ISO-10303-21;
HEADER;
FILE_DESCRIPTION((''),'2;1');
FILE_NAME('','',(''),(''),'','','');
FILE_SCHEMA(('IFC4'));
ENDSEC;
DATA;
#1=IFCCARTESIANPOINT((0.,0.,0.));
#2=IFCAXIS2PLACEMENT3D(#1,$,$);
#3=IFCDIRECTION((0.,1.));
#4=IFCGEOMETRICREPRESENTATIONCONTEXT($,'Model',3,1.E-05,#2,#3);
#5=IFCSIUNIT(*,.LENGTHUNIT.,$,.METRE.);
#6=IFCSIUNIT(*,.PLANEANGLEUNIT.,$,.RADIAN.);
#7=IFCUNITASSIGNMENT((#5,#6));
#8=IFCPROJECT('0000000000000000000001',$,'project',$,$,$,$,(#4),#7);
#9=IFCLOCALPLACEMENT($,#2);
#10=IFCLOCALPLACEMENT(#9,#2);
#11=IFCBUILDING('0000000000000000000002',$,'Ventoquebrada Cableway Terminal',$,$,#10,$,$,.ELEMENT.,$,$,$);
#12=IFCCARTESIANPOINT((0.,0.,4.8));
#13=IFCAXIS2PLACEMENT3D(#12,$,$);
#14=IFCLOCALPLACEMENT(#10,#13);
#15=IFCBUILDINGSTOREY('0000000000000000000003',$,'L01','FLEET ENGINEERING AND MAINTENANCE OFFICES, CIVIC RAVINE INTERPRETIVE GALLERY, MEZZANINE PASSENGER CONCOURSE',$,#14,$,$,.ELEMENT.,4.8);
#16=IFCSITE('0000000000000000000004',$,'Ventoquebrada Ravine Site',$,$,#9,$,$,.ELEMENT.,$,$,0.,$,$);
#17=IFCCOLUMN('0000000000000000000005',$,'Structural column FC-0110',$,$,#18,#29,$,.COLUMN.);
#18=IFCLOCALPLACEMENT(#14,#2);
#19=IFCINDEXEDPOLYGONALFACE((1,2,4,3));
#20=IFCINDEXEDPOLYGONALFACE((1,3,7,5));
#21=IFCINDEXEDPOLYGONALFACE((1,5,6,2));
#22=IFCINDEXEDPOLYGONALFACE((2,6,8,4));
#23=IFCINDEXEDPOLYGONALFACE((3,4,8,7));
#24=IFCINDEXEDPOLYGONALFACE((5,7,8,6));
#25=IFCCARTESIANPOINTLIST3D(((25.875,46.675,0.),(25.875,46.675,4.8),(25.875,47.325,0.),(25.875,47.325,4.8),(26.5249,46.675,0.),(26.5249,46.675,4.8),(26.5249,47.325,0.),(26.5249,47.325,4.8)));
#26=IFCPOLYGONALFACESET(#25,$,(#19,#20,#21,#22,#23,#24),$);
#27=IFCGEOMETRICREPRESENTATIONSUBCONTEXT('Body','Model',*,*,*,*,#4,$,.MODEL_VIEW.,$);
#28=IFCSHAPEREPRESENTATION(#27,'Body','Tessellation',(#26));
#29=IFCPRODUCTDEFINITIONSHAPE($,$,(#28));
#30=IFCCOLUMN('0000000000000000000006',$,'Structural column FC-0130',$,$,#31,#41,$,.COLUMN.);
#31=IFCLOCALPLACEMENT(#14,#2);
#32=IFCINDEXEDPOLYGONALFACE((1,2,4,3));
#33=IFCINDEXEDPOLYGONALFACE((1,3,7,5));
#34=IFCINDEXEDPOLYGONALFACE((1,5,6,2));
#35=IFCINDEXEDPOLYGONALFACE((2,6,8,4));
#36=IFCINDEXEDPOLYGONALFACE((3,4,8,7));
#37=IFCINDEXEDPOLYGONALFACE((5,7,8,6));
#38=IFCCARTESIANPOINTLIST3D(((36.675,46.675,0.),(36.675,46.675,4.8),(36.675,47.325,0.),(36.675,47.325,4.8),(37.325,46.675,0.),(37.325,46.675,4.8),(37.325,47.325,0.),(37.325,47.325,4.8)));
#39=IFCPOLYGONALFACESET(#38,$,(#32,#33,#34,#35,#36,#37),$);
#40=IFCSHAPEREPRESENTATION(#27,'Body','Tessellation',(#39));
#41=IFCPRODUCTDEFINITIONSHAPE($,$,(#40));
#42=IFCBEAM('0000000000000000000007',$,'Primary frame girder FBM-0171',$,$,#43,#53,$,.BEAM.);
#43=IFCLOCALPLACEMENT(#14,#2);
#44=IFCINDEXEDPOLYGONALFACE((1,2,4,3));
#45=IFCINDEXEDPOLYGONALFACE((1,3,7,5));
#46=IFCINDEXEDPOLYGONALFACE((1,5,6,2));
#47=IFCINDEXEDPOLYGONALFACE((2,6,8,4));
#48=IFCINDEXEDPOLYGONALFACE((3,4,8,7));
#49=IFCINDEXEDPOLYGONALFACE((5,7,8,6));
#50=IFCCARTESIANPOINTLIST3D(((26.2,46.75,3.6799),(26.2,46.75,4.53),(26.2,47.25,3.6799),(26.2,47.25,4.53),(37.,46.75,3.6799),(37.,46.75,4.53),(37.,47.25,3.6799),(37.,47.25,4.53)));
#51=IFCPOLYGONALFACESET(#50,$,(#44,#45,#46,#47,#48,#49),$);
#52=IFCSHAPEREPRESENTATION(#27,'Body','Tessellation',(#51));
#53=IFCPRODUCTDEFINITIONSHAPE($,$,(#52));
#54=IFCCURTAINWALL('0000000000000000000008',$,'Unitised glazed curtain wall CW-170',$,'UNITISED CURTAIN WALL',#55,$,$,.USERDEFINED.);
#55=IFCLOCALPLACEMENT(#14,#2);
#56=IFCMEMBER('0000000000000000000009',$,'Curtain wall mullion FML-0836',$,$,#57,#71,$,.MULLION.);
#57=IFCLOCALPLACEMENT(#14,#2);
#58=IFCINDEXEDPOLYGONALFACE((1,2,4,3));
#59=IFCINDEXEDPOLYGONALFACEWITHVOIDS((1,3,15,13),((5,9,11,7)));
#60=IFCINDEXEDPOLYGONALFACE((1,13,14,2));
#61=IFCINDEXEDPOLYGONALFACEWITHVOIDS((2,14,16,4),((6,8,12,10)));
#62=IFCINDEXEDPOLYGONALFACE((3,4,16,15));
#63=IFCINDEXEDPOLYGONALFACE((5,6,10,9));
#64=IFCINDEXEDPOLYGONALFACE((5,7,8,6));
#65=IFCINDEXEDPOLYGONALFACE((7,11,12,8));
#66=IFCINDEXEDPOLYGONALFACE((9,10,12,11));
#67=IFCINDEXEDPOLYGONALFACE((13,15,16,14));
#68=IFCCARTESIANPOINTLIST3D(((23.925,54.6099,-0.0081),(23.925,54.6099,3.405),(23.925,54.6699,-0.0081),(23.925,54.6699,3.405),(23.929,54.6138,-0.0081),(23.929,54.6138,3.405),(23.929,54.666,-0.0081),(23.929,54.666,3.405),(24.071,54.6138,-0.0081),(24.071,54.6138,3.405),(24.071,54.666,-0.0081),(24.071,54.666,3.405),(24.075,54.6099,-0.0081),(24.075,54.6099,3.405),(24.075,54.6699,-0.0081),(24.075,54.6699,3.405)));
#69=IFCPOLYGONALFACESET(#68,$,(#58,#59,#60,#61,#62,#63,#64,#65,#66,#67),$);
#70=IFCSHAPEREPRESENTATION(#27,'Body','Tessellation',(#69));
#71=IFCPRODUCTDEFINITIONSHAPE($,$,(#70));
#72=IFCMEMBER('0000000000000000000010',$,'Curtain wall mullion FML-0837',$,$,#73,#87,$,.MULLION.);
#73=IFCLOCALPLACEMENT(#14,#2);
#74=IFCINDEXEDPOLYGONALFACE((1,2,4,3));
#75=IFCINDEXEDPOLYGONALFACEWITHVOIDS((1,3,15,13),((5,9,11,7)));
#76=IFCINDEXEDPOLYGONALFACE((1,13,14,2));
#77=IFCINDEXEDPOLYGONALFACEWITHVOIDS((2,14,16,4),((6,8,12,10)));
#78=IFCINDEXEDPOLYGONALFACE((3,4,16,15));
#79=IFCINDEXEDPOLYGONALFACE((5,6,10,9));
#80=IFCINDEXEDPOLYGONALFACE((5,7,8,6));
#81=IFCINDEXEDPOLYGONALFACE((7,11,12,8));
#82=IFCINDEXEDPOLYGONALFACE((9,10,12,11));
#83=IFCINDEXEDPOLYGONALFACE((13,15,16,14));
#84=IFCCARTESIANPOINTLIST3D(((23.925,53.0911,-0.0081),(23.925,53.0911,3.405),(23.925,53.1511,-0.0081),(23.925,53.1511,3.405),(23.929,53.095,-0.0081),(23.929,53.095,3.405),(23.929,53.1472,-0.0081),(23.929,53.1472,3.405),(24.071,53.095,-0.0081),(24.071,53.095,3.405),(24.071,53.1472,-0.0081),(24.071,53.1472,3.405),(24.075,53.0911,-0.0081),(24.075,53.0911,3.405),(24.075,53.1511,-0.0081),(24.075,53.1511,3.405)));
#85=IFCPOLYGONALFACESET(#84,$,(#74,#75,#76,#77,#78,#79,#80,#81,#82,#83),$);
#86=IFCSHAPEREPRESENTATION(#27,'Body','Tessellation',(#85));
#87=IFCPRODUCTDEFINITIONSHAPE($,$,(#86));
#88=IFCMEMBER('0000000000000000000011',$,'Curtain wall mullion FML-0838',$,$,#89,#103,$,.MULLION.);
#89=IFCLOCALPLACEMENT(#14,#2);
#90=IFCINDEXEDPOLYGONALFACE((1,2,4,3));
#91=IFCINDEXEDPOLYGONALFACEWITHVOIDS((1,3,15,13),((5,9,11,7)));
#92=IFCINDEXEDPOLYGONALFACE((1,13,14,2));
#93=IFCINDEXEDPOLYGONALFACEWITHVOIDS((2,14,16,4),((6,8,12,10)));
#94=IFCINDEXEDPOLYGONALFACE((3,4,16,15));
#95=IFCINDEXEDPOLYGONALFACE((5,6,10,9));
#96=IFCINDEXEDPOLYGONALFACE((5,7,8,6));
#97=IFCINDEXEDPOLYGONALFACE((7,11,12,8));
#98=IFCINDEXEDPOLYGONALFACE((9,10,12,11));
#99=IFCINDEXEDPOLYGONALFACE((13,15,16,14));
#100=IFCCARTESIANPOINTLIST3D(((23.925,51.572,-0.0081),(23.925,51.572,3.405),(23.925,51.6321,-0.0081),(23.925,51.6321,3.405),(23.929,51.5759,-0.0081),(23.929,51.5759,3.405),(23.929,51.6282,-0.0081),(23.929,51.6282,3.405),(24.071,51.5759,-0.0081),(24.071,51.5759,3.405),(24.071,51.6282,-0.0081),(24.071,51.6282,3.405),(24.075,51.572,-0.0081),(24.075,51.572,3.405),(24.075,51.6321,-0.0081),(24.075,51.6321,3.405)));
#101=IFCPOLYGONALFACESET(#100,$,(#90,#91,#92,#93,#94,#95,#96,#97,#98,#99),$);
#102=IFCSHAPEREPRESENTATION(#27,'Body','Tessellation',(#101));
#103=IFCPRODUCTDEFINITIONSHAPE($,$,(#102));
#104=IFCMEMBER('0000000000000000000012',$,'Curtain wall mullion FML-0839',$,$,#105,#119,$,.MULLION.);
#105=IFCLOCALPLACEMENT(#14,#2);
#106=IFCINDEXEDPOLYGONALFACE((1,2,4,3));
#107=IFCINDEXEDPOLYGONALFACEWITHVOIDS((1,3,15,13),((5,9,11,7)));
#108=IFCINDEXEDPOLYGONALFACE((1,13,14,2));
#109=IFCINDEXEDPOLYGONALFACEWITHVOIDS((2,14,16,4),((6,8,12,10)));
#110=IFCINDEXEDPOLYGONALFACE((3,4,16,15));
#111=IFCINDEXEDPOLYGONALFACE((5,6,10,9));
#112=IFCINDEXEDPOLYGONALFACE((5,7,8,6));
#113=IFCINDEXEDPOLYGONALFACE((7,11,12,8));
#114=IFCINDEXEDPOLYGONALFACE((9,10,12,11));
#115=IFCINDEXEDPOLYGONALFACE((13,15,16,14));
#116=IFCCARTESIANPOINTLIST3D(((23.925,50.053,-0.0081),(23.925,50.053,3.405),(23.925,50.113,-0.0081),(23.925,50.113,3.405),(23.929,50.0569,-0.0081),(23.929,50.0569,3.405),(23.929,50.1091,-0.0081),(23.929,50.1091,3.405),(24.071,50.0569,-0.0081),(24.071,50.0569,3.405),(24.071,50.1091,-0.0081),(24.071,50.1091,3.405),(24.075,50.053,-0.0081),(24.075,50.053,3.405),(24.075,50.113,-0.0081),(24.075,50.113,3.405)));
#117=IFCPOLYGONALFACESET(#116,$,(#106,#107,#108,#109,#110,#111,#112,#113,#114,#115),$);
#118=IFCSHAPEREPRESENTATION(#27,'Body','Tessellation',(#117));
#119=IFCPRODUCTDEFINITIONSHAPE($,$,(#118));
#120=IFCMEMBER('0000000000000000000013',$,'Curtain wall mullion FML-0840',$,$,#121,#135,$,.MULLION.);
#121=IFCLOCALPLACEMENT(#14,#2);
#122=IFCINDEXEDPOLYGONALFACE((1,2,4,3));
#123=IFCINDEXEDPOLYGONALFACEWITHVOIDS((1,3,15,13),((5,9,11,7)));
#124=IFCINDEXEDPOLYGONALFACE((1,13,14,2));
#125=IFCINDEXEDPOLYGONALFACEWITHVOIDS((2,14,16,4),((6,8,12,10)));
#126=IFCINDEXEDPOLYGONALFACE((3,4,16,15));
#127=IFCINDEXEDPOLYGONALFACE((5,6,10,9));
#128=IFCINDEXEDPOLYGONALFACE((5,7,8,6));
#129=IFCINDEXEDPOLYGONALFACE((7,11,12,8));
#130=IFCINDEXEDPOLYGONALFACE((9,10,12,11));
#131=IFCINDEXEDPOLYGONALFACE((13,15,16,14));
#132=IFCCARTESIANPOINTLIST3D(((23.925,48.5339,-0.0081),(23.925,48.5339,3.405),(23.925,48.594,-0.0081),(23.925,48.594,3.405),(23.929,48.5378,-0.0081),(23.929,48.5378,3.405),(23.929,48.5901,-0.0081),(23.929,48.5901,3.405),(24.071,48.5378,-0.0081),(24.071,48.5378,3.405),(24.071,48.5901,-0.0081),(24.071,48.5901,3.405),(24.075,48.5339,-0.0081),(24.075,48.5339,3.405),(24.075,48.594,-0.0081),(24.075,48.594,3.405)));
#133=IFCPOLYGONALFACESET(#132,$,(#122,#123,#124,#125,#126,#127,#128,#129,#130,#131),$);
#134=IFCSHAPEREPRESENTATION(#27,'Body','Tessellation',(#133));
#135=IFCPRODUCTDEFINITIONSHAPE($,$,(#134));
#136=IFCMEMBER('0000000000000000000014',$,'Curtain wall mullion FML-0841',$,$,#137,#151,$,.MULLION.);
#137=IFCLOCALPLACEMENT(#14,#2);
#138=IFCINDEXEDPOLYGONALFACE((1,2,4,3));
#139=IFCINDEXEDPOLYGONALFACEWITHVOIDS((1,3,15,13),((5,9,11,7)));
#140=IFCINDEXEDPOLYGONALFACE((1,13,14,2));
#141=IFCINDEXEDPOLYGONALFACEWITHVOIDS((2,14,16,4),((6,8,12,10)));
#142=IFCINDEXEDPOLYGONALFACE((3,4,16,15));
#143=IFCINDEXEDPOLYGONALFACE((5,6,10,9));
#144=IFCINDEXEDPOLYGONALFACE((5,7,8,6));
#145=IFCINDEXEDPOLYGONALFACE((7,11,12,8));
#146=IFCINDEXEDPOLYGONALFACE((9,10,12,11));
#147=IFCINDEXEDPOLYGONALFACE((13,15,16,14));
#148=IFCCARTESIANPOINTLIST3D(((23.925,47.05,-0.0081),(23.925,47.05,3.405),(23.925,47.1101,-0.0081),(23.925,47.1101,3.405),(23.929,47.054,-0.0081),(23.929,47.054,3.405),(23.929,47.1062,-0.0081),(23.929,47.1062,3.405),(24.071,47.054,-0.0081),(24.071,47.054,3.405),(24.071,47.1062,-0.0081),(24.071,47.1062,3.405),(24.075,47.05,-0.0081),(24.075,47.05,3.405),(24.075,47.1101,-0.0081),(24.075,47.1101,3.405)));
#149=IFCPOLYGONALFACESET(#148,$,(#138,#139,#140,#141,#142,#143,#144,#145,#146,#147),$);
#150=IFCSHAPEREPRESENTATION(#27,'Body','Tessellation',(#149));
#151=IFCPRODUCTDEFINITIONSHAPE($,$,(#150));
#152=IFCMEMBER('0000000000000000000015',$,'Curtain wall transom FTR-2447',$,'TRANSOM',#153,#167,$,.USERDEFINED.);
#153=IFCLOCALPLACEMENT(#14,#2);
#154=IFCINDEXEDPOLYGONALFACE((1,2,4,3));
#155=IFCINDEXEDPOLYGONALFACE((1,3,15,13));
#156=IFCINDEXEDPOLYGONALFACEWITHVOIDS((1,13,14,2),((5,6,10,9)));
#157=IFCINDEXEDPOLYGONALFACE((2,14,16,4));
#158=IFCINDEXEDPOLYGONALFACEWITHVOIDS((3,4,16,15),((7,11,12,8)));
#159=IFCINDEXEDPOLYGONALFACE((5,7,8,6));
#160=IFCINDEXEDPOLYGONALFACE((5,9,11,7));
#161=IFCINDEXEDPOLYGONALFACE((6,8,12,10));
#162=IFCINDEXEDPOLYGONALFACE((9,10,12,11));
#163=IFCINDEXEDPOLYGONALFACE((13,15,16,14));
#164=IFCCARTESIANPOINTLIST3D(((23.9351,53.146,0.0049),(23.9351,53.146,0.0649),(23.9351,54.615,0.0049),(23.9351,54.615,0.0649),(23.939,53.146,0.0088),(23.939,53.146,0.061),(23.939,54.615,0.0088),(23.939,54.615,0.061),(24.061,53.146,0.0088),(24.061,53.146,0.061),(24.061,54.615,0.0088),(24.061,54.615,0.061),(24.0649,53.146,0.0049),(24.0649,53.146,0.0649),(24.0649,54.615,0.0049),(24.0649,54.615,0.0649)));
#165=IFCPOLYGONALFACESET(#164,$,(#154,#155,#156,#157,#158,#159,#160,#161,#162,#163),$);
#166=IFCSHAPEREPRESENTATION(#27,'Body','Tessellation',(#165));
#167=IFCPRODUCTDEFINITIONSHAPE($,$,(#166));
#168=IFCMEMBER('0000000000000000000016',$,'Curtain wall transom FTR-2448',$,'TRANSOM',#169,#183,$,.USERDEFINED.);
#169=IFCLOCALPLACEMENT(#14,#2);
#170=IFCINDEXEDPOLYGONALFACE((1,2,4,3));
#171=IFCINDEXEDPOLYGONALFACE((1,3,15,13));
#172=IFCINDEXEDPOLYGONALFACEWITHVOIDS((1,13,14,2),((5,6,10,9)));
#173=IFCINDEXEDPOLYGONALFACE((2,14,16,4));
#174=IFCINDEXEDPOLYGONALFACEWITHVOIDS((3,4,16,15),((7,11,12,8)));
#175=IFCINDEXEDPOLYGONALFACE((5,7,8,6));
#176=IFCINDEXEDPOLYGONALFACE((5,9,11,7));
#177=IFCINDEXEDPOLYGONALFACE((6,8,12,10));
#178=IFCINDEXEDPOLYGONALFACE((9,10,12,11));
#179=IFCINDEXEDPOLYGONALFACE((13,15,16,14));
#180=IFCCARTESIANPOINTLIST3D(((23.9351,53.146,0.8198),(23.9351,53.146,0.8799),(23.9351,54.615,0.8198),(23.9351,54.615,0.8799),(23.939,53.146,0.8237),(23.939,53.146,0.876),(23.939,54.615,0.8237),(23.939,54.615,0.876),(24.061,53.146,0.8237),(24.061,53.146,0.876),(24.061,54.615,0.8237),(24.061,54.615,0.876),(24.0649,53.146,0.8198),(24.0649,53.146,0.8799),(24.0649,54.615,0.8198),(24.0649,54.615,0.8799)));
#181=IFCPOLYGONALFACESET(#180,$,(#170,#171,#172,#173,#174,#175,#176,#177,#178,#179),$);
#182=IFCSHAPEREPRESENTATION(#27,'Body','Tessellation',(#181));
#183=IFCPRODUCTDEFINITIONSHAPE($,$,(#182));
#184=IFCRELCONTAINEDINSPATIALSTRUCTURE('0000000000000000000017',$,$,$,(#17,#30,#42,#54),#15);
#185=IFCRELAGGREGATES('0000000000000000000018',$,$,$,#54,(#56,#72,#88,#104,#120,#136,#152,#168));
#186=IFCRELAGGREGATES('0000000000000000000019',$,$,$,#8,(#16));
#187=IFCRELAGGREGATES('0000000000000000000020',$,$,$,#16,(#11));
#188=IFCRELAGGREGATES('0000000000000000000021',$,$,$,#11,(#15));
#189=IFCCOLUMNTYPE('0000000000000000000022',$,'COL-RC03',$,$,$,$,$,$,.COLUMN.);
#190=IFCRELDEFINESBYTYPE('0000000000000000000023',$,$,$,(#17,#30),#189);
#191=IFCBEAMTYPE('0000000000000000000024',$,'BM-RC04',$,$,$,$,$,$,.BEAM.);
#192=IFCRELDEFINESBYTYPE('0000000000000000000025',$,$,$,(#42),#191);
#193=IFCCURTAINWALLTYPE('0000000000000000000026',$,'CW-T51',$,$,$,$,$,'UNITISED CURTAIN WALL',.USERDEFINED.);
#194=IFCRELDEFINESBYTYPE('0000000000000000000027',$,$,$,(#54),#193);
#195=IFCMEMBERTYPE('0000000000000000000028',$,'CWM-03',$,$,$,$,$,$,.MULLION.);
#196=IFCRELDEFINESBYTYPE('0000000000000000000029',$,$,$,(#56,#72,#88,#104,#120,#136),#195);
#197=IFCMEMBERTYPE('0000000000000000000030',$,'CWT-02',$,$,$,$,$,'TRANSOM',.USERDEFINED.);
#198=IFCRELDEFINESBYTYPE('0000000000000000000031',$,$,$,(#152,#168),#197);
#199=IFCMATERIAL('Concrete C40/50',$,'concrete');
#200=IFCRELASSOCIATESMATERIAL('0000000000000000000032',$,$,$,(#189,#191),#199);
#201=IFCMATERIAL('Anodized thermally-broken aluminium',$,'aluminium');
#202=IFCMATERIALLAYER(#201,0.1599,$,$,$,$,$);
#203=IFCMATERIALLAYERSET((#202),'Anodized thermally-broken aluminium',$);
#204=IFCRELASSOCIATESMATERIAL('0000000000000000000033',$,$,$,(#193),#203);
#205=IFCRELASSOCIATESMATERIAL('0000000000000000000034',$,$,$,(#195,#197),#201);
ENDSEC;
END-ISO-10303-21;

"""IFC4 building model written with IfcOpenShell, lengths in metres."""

from ifc_helpers import new_model, si_unit, direction, frame, origin, origin_2d, place, context, subcontext, project, spatial, rectangle, hollow_rectangle, extrude, material, layer, layer_set, material_profile, profile_set, type_object, element, aggregate, save


model = new_model("IFC4")

# Units and contexts
model_context = context("Model", 3, precision=1e-05, world=origin(), true_north=direction((0.0, 1.0)))
body_context = subcontext(model_context, "Body", "Model", "MODEL_VIEW")
ifc_project = project(units=[si_unit("LENGTHUNIT", "METRE"), si_unit("PLANEANGLEUNIT", "RADIAN")], contexts=[model_context])

# Site, building, storey
site_placement = place(None, origin())
site = spatial("IfcSite", under=ifc_project, at=site_placement, Name="Ventoquebrada Ravine Site", CompositionType="ELEMENT", RefElevation=0.0)
building_placement = place(site_placement, origin())
building = spatial("IfcBuilding", under=site, at=building_placement, Name="Ventoquebrada Cableway Terminal", CompositionType="ELEMENT")
storey_placement = place(building_placement, frame((0.0, 0.0, 4.8)))
storey = spatial("IfcBuildingStorey", under=building, at=storey_placement, Name="L01", Description="FLEET ENGINEERING AND MAINTENANCE OFFICES, CIVIC RAVINE INTERPRETIVE GALLERY, MEZZANINE PASSENGER CONCOURSE", CompositionType="ELEMENT", Elevation=4.8)

# Columns
ifc_material_1 = material(Name="Concrete C40/50", Category="concrete")
ifc_material_profile_1 = material_profile(ifc_material_1, rectangle(XDim=0.6499, YDim=0.6499, at=origin_2d()), Name="RC-COL-650X650")
ifc_profile_set_1 = profile_set([ifc_material_profile_1], Name="Concrete C40/50")
column_type = type_object("IfcColumnType", Name="COL-RC03", PredefinedType="COLUMN", material=ifc_profile_set_1)
for number, where, z_axis, x_axis, name in (
    (1, (26.2, 47.0, 0.0), (0.0, 0.0, 1.0), (1.0, 0.0, 0.0), "Structural column FC-0110"),
    (2, (37.0, 47.0, 0.0), (0.0, 0.0, 1.0), (1.0, 0.0, 0.0), "Structural column FC-0130"),
):
    element("IfcColumn", number, at=place(storey_placement, frame(where, z_axis=z_axis, x_axis=x_axis)), inside=storey, type_object=column_type, Name=name, PredefinedType="COLUMN", context=body_context, shape_type="SweptSolid", body=[
        extrude(rectangle(XDim=0.6499, YDim=0.6499, at=origin_2d()), origin(), (0.0, 0.0, 1.0), 4.8),
    ])

# Beam
ifc_material_profile_2 = material_profile(ifc_material_1, rectangle(XDim=0.5, YDim=0.8501, at=origin_2d()), Name="RC-BM-500X850")
ifc_profile_set_2 = profile_set([ifc_material_profile_2], Name="Concrete C40/50")
beam_type = type_object("IfcBeamType", Name="BM-RC04", PredefinedType="BEAM", material=ifc_profile_set_2)
beam_placement = place(storey_placement, frame((26.2, 47.0, 4.105), z_axis=(1.0, 0.0, 0.0), x_axis=(0.0, 1.0, 0.0)))
element("IfcBeam", 3, at=beam_placement, inside=storey, type_object=beam_type, Name="Primary frame girder FBM-0171", PredefinedType="BEAM", context=body_context, shape_type="SweptSolid", body=[
    extrude(rectangle(XDim=0.5, YDim=0.8501, at=origin_2d()), origin(), (0.0, 0.0, 1.0), 10.8),
])

# Curtain wall, members
ifc_material_2 = material(Name="Anodized thermally-broken aluminium", Category="aluminium")
ifc_layer_1 = layer(ifc_material_2, 0.1599)
ifc_layer_set_1 = layer_set([ifc_layer_1], Name="Anodized thermally-broken aluminium")
curtain_wall_type = type_object("IfcCurtainWallType", Name="CW-T51", ElementType="UNITISED CURTAIN WALL", PredefinedType="USERDEFINED", material=ifc_layer_set_1)
curtain_wall_placement = place(storey_placement, origin())
curtain_wall = element("IfcCurtainWall", 4, at=curtain_wall_placement, inside=storey, type_object=curtain_wall_type, Name="Unitised glazed curtain wall CW-170", ObjectType="UNITISED CURTAIN WALL", PredefinedType="USERDEFINED")
ifc_material_profile_3 = material_profile(ifc_material_2, hollow_rectangle(XDim=0.0601, YDim=0.1499, WallThickness=0.0039, at=origin_2d()), Name="CW-MUL-60X150")
ifc_profile_set_3 = profile_set([ifc_material_profile_3], Name="Anodized thermally-broken aluminium")
member_type_1 = type_object("IfcMemberType", Name="CWM-03", PredefinedType="MULLION", material=ifc_profile_set_3)
member_1_placement = place(storey_placement, frame((24.0, 54.6399, -0.0081), z_axis=(0.0, 0.0, 1.0), x_axis=(0.0, -1.0, 0.0)))
member_1 = element("IfcMember", 5, at=member_1_placement, type_object=member_type_1, Name="Curtain wall mullion FML-0836", PredefinedType="MULLION", context=body_context, shape_type="SweptSolid", body=[
    extrude(hollow_rectangle(XDim=0.0601, YDim=0.1499, WallThickness=0.0039, at=origin_2d()), origin(), (0.0, 0.0, 1.0), 3.4131),
])
member_2_placement = place(storey_placement, frame((24.0, 53.1211, -0.0081), z_axis=(0.0, 0.0, 1.0), x_axis=(0.0, -1.0, 0.0)))
member_2 = element("IfcMember", 6, at=member_2_placement, type_object=member_type_1, Name="Curtain wall mullion FML-0837", PredefinedType="MULLION", context=body_context, shape_type="SweptSolid", body=[
    extrude(hollow_rectangle(XDim=0.0601, YDim=0.1499, WallThickness=0.0039, at=origin_2d()), origin(), (0.0, 0.0, 1.0), 3.4131),
])
member_3_placement = place(storey_placement, frame((24.0, 51.6021, -0.0081), z_axis=(0.0, 0.0, 1.0), x_axis=(0.0, -1.0, 0.0)))
member_3 = element("IfcMember", 7, at=member_3_placement, type_object=member_type_1, Name="Curtain wall mullion FML-0838", PredefinedType="MULLION", context=body_context, shape_type="SweptSolid", body=[
    extrude(hollow_rectangle(XDim=0.0601, YDim=0.1499, WallThickness=0.0039, at=origin_2d()), origin(), (0.0, 0.0, 1.0), 3.4131),
])
member_4_placement = place(storey_placement, frame((24.0, 50.083, -0.0081), z_axis=(0.0, 0.0, 1.0), x_axis=(0.0, -1.0, 0.0)))
member_4 = element("IfcMember", 8, at=member_4_placement, type_object=member_type_1, Name="Curtain wall mullion FML-0839", PredefinedType="MULLION", context=body_context, shape_type="SweptSolid", body=[
    extrude(hollow_rectangle(XDim=0.0601, YDim=0.1499, WallThickness=0.0039, at=origin_2d()), origin(), (0.0, 0.0, 1.0), 3.4131),
])
member_5_placement = place(storey_placement, frame((24.0, 48.564, -0.0081), z_axis=(0.0, 0.0, 1.0), x_axis=(0.0, -1.0, 0.0)))
member_5 = element("IfcMember", 9, at=member_5_placement, type_object=member_type_1, Name="Curtain wall mullion FML-0840", PredefinedType="MULLION", context=body_context, shape_type="SweptSolid", body=[
    extrude(hollow_rectangle(XDim=0.0601, YDim=0.1499, WallThickness=0.0039, at=origin_2d()), origin(), (0.0, 0.0, 1.0), 3.4131),
])
member_6_placement = place(storey_placement, frame((24.0, 47.0801, -0.0081), z_axis=(0.0, 0.0, 1.0), x_axis=(0.0, -1.0, 0.0)))
member_6 = element("IfcMember", 10, at=member_6_placement, type_object=member_type_1, Name="Curtain wall mullion FML-0841", PredefinedType="MULLION", context=body_context, shape_type="SweptSolid", body=[
    extrude(hollow_rectangle(XDim=0.0601, YDim=0.1499, WallThickness=0.0039, at=origin_2d()), origin(), (0.0, 0.0, 1.0), 3.4131),
])
ifc_material_profile_4 = material_profile(ifc_material_2, hollow_rectangle(XDim=0.0601, YDim=0.1299, WallThickness=0.0039, at=origin_2d()), Name="CW-TRN-60X130")
ifc_profile_set_4 = profile_set([ifc_material_profile_4], Name="Anodized thermally-broken aluminium")
member_type_2 = type_object("IfcMemberType", Name="CWT-02", ElementType="TRANSOM", PredefinedType="USERDEFINED", material=ifc_profile_set_4)
member_7_placement = place(storey_placement, frame((24.0, 54.615, 0.0349), z_axis=(0.0, -1.0, 0.0), x_axis=(0.0, 0.0, 1.0)))
member_7 = element("IfcMember", 11, at=member_7_placement, type_object=member_type_2, Name="Curtain wall transom FTR-2447", ObjectType="TRANSOM", PredefinedType="USERDEFINED", context=body_context, shape_type="SweptSolid", body=[
    extrude(hollow_rectangle(XDim=0.0601, YDim=0.1299, WallThickness=0.0039, at=origin_2d()), origin(), (0.0, 0.0, 1.0), 1.469),
])
member_8_placement = place(storey_placement, frame((24.0, 54.615, 0.8499), z_axis=(0.0, -1.0, 0.0), x_axis=(0.0, 0.0, 1.0)))
member_8 = element("IfcMember", 12, at=member_8_placement, type_object=member_type_2, Name="Curtain wall transom FTR-2448", ObjectType="TRANSOM", PredefinedType="USERDEFINED", context=body_context, shape_type="SweptSolid", body=[
    extrude(hollow_rectangle(XDim=0.0601, YDim=0.1299, WallThickness=0.0039, at=origin_2d()), origin(), (0.0, 0.0, 1.0), 1.469),
])
aggregate(curtain_wall, [member_1, member_2, member_3, member_4, member_5, member_6, member_7, member_8])

save(model, "model.ifc")
